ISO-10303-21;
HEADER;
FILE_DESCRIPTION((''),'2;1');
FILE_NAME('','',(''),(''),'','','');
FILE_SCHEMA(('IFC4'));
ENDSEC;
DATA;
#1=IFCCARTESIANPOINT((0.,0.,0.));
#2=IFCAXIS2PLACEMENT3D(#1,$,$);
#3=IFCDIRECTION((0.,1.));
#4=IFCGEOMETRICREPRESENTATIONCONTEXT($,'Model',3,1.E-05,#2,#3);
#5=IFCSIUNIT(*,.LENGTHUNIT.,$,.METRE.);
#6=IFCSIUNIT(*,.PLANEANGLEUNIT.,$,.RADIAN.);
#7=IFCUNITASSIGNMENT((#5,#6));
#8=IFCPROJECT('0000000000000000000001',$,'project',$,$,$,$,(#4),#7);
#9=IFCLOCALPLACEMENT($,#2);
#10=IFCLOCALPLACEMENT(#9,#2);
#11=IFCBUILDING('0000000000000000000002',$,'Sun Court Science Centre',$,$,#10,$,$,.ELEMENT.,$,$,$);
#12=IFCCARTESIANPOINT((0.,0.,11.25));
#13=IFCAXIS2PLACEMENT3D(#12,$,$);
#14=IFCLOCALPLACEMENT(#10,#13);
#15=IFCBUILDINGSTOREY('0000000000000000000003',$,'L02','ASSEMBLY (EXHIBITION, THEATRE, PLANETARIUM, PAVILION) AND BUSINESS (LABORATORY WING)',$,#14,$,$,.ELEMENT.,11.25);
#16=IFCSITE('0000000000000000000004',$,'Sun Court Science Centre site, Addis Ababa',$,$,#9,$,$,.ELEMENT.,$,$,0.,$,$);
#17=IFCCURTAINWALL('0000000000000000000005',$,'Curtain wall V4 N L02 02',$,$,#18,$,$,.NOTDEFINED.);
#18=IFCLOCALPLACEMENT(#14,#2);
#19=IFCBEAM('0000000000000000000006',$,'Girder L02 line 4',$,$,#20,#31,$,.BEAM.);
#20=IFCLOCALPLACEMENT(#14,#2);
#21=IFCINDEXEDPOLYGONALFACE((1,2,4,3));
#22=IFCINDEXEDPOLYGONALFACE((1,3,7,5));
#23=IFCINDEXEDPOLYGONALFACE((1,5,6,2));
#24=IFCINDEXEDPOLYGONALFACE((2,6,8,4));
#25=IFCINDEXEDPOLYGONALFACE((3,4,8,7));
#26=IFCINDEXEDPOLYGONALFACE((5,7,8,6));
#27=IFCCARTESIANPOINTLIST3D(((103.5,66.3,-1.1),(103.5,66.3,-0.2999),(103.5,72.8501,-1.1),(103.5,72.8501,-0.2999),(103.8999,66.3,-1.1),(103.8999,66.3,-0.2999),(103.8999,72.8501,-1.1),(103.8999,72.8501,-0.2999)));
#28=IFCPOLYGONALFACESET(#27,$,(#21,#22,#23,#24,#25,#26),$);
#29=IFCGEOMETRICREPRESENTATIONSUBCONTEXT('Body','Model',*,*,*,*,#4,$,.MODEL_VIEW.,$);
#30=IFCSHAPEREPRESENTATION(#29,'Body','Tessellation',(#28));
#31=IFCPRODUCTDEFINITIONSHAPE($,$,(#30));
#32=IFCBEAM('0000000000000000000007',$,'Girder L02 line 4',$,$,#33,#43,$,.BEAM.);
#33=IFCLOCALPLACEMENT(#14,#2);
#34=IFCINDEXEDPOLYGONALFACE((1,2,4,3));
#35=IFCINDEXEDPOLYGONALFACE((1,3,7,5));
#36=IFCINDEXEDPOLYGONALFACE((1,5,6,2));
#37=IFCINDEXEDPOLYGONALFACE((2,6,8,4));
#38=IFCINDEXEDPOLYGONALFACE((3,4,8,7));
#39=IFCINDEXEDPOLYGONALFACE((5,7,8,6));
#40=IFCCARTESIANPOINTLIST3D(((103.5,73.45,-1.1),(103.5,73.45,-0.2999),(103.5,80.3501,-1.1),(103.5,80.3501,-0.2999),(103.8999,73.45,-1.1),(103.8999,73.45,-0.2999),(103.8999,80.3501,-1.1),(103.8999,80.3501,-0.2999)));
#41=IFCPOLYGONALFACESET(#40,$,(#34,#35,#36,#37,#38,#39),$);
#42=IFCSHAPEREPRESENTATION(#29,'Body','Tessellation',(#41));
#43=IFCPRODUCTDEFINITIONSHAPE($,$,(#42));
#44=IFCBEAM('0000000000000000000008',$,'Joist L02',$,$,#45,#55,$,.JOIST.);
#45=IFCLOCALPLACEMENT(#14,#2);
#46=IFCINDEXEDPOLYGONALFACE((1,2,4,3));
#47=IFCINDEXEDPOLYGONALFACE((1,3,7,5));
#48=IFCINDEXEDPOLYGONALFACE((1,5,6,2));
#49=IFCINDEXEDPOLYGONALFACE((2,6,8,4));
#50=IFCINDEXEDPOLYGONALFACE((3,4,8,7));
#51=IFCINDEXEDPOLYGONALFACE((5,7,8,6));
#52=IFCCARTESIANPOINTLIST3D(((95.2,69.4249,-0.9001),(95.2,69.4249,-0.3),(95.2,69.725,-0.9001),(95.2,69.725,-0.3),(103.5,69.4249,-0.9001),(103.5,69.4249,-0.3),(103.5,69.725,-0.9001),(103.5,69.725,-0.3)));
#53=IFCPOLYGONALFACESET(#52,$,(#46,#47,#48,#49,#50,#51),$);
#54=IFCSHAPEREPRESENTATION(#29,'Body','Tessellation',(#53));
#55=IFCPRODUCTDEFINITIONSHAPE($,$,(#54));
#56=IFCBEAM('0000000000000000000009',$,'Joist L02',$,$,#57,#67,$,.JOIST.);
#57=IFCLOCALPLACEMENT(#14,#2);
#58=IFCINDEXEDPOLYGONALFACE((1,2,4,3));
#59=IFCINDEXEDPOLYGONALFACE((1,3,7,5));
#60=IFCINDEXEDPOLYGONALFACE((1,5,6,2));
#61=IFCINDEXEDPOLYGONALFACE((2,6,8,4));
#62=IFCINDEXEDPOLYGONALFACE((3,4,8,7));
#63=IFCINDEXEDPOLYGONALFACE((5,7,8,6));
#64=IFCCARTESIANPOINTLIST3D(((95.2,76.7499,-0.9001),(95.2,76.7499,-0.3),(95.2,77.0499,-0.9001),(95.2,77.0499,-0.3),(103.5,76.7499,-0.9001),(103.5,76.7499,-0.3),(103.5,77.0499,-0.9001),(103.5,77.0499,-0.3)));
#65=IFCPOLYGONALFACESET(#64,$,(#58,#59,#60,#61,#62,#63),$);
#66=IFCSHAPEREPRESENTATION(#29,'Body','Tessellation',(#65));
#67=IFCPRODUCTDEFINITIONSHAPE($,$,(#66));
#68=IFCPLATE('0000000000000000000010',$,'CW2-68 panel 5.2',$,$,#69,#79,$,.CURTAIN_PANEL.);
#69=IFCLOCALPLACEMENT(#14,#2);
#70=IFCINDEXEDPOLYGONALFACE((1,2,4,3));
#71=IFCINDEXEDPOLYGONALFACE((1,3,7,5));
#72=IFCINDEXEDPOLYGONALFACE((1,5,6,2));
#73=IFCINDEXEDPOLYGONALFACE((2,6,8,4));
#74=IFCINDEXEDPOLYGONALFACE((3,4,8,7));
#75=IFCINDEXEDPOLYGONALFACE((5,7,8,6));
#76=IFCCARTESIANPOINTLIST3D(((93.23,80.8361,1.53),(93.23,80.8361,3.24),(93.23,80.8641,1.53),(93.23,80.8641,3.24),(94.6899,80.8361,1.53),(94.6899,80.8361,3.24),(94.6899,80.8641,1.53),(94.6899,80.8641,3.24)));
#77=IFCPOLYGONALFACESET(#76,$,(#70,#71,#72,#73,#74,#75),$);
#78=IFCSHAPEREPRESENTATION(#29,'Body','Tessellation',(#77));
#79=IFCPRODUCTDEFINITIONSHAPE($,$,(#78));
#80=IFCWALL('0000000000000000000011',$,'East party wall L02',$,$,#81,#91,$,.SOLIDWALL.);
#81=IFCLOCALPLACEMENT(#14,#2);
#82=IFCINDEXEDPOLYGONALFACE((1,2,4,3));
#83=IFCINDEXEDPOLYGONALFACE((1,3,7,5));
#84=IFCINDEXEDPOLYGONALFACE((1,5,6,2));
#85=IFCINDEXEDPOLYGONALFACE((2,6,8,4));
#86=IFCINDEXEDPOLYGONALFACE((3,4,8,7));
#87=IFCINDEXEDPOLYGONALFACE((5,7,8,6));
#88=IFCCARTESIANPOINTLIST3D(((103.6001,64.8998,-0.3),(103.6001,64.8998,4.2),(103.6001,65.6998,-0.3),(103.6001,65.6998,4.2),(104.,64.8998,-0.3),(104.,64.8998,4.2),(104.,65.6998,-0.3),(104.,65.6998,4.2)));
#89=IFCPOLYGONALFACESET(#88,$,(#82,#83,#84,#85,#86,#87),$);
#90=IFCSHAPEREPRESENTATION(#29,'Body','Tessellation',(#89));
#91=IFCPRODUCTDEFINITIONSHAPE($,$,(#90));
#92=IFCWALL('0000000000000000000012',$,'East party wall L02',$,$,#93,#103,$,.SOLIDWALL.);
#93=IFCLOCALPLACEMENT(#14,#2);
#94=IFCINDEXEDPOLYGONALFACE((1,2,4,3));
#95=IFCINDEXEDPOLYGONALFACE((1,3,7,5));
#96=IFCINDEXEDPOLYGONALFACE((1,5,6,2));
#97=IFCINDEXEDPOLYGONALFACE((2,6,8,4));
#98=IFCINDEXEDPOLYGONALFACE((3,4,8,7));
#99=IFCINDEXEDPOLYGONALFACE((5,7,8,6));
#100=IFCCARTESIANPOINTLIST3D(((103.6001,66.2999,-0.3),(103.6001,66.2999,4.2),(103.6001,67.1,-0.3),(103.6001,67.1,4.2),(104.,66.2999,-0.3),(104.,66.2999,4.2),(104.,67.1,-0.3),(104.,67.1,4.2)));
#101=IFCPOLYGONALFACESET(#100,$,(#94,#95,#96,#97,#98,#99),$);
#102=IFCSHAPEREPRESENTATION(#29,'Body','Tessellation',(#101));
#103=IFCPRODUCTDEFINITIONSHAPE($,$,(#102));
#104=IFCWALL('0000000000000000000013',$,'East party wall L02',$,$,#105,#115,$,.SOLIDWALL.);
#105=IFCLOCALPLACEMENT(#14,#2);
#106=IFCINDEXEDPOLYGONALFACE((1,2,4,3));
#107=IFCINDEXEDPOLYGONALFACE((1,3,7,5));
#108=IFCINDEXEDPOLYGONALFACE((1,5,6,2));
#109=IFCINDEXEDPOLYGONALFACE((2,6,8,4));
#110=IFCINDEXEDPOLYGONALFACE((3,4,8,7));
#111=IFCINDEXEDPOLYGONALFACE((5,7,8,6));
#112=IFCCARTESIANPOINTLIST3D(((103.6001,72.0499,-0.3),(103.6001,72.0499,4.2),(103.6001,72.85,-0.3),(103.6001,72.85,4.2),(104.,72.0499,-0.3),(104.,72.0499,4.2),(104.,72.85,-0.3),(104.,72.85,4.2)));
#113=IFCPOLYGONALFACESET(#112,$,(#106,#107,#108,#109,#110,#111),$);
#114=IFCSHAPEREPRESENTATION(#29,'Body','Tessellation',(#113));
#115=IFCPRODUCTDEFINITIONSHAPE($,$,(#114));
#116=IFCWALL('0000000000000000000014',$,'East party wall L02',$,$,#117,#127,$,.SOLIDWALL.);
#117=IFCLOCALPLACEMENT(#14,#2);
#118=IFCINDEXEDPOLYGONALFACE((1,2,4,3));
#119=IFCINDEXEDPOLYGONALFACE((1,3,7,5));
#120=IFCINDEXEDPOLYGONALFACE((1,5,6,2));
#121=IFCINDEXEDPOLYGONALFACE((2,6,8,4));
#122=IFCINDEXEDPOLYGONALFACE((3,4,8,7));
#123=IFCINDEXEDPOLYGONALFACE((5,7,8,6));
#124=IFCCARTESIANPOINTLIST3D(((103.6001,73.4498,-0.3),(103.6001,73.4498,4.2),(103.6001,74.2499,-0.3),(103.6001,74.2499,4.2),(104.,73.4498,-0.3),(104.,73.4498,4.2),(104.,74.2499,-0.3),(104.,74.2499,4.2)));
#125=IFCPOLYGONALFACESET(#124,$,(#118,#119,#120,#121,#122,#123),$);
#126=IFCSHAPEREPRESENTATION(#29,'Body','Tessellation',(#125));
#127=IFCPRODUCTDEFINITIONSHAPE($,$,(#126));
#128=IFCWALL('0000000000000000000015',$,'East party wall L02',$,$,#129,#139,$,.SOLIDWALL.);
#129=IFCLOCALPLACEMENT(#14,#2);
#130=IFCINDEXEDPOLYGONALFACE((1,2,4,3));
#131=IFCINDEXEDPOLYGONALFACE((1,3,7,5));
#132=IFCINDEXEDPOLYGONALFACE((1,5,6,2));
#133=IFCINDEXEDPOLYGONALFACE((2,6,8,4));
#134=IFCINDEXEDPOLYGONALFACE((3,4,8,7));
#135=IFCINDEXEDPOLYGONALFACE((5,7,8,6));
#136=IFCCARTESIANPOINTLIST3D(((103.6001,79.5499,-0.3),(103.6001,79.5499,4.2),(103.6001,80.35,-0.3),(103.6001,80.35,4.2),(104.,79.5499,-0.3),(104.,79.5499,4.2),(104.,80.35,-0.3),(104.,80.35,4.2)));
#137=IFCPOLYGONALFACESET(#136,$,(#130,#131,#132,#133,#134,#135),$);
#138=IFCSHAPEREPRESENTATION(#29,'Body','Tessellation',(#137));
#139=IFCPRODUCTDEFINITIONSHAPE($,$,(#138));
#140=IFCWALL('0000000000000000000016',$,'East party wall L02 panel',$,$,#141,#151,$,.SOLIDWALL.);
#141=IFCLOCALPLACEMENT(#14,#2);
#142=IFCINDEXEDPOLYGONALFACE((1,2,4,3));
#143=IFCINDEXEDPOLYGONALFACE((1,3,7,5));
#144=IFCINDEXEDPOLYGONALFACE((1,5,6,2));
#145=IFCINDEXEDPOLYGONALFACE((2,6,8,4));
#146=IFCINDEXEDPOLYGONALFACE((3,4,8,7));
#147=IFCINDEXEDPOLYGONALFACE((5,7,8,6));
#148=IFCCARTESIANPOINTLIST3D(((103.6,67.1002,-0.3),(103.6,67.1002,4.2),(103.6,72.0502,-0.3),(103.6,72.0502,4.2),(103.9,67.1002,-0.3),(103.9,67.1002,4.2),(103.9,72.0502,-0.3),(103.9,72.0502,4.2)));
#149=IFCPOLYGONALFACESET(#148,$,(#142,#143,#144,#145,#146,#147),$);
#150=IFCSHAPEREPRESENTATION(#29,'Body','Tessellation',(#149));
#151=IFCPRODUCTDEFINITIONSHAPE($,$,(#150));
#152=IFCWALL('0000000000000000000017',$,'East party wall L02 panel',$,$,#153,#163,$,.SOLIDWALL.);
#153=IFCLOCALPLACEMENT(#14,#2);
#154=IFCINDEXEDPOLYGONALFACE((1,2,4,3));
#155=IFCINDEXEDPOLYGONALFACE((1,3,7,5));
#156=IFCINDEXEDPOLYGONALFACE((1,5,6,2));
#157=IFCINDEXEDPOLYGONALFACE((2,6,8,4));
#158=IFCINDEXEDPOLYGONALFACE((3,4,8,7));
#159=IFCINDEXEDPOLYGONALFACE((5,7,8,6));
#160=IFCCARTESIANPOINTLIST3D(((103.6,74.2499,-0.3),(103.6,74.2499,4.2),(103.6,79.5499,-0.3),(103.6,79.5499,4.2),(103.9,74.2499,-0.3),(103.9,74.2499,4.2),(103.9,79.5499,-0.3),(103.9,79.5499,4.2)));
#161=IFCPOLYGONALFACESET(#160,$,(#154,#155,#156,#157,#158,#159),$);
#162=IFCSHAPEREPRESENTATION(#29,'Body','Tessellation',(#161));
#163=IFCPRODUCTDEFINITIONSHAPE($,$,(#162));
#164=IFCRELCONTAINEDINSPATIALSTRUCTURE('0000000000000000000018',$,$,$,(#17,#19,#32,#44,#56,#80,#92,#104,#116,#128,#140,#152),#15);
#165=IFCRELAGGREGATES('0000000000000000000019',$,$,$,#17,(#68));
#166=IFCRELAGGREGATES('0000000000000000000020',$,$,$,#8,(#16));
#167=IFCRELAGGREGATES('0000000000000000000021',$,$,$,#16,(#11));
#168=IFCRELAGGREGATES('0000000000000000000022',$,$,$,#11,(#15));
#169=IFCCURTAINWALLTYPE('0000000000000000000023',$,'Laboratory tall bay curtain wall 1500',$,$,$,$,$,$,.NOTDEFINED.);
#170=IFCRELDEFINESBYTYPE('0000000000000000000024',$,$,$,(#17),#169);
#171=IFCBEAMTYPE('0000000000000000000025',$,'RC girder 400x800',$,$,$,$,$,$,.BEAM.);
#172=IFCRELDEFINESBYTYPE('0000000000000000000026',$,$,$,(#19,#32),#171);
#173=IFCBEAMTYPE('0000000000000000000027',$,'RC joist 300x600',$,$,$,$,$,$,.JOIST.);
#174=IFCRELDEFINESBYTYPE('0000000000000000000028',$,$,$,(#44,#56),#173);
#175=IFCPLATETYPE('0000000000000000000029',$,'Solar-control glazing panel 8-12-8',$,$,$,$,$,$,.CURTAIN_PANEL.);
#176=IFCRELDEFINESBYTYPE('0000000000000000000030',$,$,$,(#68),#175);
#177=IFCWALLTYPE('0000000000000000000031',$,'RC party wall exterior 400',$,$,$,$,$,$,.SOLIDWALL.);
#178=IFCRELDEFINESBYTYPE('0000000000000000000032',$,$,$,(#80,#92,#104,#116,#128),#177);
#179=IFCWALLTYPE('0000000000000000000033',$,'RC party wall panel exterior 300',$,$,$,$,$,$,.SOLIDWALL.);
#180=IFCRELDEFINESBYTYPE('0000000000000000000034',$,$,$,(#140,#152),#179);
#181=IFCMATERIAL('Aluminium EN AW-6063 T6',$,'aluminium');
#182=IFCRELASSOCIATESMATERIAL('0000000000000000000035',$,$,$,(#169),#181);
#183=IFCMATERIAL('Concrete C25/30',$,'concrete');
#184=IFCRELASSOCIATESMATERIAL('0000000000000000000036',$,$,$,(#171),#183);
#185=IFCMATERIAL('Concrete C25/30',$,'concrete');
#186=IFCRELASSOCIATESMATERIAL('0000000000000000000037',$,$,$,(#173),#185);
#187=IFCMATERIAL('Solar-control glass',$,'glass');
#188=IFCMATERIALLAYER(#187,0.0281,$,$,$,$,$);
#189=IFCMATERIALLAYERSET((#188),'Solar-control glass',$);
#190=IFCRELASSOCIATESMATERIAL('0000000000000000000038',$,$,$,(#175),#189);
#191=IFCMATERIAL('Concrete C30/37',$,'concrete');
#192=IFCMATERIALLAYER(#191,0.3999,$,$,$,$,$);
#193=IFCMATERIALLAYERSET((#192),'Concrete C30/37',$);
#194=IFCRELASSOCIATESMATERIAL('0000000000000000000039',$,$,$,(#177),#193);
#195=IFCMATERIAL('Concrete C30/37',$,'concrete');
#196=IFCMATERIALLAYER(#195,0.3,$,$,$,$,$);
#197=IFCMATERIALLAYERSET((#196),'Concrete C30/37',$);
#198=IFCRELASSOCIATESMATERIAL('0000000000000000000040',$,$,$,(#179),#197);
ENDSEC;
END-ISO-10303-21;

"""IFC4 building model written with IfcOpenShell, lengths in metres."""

from ifc_helpers import new_model, si_unit, direction, frame, frame_2d, origin, origin_2d, place, context, subcontext, project, spatial, rectangle, extrude, material, layer, layer_set, material_profile, profile_set, type_object, element, aggregate, save


model = new_model("IFC4")

# Units and contexts
model_context = context("Model", 3, precision=1e-05, world=origin(), true_north=direction((0.0, 1.0)))
body_context = subcontext(model_context, "Body", "Model", "MODEL_VIEW")
ifc_project = project(units=[si_unit("LENGTHUNIT", "METRE"), si_unit("PLANEANGLEUNIT", "RADIAN")], contexts=[model_context])

# Site, building, storey
site_placement = place(None, origin())
site = spatial("IfcSite", under=ifc_project, at=site_placement, Name="Sun Court Science Centre site, Addis Ababa", CompositionType="ELEMENT", RefElevation=0.0)
building_placement = place(site_placement, origin())
building = spatial("IfcBuilding", under=site, at=building_placement, Name="Sun Court Science Centre", CompositionType="ELEMENT")
storey_placement = place(building_placement, frame((0.0, 0.0, 11.25)))
storey = spatial("IfcBuildingStorey", under=building, at=storey_placement, Name="L02", Description="ASSEMBLY (EXHIBITION, THEATRE, PLANETARIUM, PAVILION) AND BUSINESS (LABORATORY WING)", CompositionType="ELEMENT", Elevation=11.25)

# Curtain wall
ifc_material_1 = material(Name="Aluminium EN AW-6063 T6", Category="aluminium")
curtain_wall_type = type_object("IfcCurtainWallType", Name="Laboratory tall bay curtain wall 1500", PredefinedType="NOTDEFINED", material=ifc_material_1)
curtain_wall_1_placement = place(storey_placement, origin())
curtain_wall_1 = element("IfcCurtainWall", 1, at=curtain_wall_1_placement, inside=storey, type_object=curtain_wall_type, Name="Curtain wall V4 N L02 02", PredefinedType="NOTDEFINED")

# Beams
ifc_material_2 = material(Name="Concrete C25/30", Category="concrete")
ifc_material_profile_1 = material_profile(ifc_material_2, rectangle(XDim=0.3999, YDim=0.8, at=origin_2d()), Name="RC 400x800")
ifc_profile_set_1 = profile_set([ifc_material_profile_1], Name="Concrete C25/30")
beam_type_1 = type_object("IfcBeamType", Name="RC girder 400x800", PredefinedType="BEAM", material=ifc_profile_set_1)
beam_1_placement = place(storey_placement, frame((103.7, 66.3, -0.7), z_axis=(0.0, 1.0, 0.0), x_axis=(-1.0, 0.0, 0.0)))
element("IfcBeam", 2, at=beam_1_placement, inside=storey, type_object=beam_type_1, Name="Girder L02 line 4", PredefinedType="BEAM", context=body_context, shape_type="SweptSolid", body=[
    extrude(rectangle(XDim=0.3999, YDim=0.8, at=origin_2d()), origin(), (0.0, 0.0, 1.0), 6.55),
])
beam_2_placement = place(storey_placement, frame((103.7, 73.45, -0.7), z_axis=(0.0, 1.0, 0.0), x_axis=(-1.0, 0.0, 0.0)))
element("IfcBeam", 3, at=beam_2_placement, inside=storey, type_object=beam_type_1, Name="Girder L02 line 4", PredefinedType="BEAM", context=body_context, shape_type="SweptSolid", body=[
    extrude(rectangle(XDim=0.3999, YDim=0.8, at=origin_2d()), origin(), (0.0, 0.0, 1.0), 6.9001),
])
ifc_material_3 = material(Name="Concrete C25/30", Category="concrete")
ifc_material_profile_2 = material_profile(ifc_material_3, rectangle(XDim=0.3, YDim=0.6001, at=origin_2d()), Name="RC 300x600")
ifc_profile_set_2 = profile_set([ifc_material_profile_2], Name="Concrete C25/30")
beam_type_2 = type_object("IfcBeamType", Name="RC joist 300x600", PredefinedType="JOIST", material=ifc_profile_set_2)
for number, where, z_axis, x_axis, name in (
    (4, (95.2, 69.575, -0.6001), (1.0, 0.0, 0.0), (0.0, 1.0, 0.0), "Joist L02"),
    (5, (95.2, 76.8999, -0.6001), (1.0, 0.0, 0.0), (0.0, 1.0, 0.0), "Joist L02"),
):
    element("IfcBeam", number, at=place(storey_placement, frame(where, z_axis=z_axis, x_axis=x_axis)), inside=storey, type_object=beam_type_2, Name=name, PredefinedType="JOIST", context=body_context, shape_type="SweptSolid", body=[
        extrude(rectangle(XDim=0.3, YDim=0.6001, at=origin_2d()), origin(), (0.0, 0.0, 1.0), 8.3),
    ])

# Plate
ifc_material_4 = material(Name="Solar-control glass", Category="glass")
ifc_layer_1 = layer(ifc_material_4, 0.0281)
ifc_layer_set_1 = layer_set([ifc_layer_1], Name="Solar-control glass")
plate_type = type_object("IfcPlateType", Name="Solar-control glazing panel 8-12-8", PredefinedType="CURTAIN_PANEL", material=ifc_layer_set_1)
plate_placement = place(storey_placement, frame((93.96, 80.8501, 1.53), z_axis=(0.0, 0.0, 1.0), x_axis=(1.0, 0.0, 0.0)))
plate = element("IfcPlate", 6, at=plate_placement, type_object=plate_type, Name="CW2-68 panel 5.2", PredefinedType="CURTAIN_PANEL", context=body_context, shape_type="SweptSolid", body=[
    extrude(rectangle(XDim=1.46, YDim=0.0281, at=origin_2d()), origin(), (0.0, 0.0, 1.0), 1.71),
])
aggregate(curtain_wall_1, [plate])

# Walls
ifc_material_5 = material(Name="Concrete C30/37", Category="concrete")
ifc_layer_2 = layer(ifc_material_5, 0.3999)
ifc_layer_set_2 = layer_set([ifc_layer_2], Name="Concrete C30/37")
wall_type_1 = type_object("IfcWallType", Name="RC party wall exterior 400", PredefinedType="SOLIDWALL", material=ifc_layer_set_2)
for number, where, z_axis, x_axis, name in (
    (7, (103.8, 64.8999, -0.3), (0.0, 0.0, 1.0), (0.0, 1.0, 0.0), "East party wall L02"),
    (8, (103.8, 66.3, -0.3), (0.0, 0.0, 1.0), (0.0, 1.0, 0.0), "East party wall L02"),
    (9, (103.8, 72.05, -0.3), (0.0, 0.0, 1.0), (0.0, 1.0, 0.0), "East party wall L02"),
    (10, (103.8, 73.45, -0.3), (0.0, 0.0, 1.0), (0.0, 1.0, 0.0), "East party wall L02"),
    (11, (103.8, 79.55, -0.3), (0.0, 0.0, 1.0), (0.0, 1.0, 0.0), "East party wall L02"),
):
    element("IfcWall", number, at=place(storey_placement, frame(where, z_axis=z_axis, x_axis=x_axis)), inside=storey, type_object=wall_type_1, Name=name, PredefinedType="SOLIDWALL", context=body_context, shape_type="SweptSolid", body=[
        extrude(rectangle(XDim=0.8, YDim=0.3999, at=frame_2d((0.3999, 0.0))), origin(), (0.0, 0.0, 1.0), 4.5),
    ])
ifc_material_6 = material(Name="Concrete C30/37", Category="concrete")
ifc_layer_3 = layer(ifc_material_6, 0.3)
ifc_layer_set_3 = layer_set([ifc_layer_3], Name="Concrete C30/37")
wall_type_2 = type_object("IfcWallType", Name="RC party wall panel exterior 300", PredefinedType="SOLIDWALL", material=ifc_layer_set_3)
wall_1_placement = place(storey_placement, frame((103.75, 67.1001, -0.3), z_axis=(0.0, 0.0, 1.0), x_axis=(0.0, 1.0, 0.0)))
element("IfcWall", 12, at=wall_1_placement, inside=storey, type_object=wall_type_2, Name="East party wall L02 panel", PredefinedType="SOLIDWALL", context=body_context, shape_type="SweptSolid", body=[
    extrude(rectangle(XDim=4.95, YDim=0.3, at=frame_2d((2.4751, 0.0))), origin(), (0.0, 0.0, 1.0), 4.5),
])
wall_2_placement = place(storey_placement, frame((103.75, 74.25, -0.3), z_axis=(0.0, 0.0, 1.0), x_axis=(0.0, 1.0, 0.0)))
element("IfcWall", 13, at=wall_2_placement, inside=storey, type_object=wall_type_2, Name="East party wall L02 panel", PredefinedType="SOLIDWALL", context=body_context, shape_type="SweptSolid", body=[
    extrude(rectangle(XDim=5.3, YDim=0.3, at=frame_2d((2.6499, 0.0))), origin(), (0.0, 0.0, 1.0), 4.5),
])

save(model, "model.ifc")
